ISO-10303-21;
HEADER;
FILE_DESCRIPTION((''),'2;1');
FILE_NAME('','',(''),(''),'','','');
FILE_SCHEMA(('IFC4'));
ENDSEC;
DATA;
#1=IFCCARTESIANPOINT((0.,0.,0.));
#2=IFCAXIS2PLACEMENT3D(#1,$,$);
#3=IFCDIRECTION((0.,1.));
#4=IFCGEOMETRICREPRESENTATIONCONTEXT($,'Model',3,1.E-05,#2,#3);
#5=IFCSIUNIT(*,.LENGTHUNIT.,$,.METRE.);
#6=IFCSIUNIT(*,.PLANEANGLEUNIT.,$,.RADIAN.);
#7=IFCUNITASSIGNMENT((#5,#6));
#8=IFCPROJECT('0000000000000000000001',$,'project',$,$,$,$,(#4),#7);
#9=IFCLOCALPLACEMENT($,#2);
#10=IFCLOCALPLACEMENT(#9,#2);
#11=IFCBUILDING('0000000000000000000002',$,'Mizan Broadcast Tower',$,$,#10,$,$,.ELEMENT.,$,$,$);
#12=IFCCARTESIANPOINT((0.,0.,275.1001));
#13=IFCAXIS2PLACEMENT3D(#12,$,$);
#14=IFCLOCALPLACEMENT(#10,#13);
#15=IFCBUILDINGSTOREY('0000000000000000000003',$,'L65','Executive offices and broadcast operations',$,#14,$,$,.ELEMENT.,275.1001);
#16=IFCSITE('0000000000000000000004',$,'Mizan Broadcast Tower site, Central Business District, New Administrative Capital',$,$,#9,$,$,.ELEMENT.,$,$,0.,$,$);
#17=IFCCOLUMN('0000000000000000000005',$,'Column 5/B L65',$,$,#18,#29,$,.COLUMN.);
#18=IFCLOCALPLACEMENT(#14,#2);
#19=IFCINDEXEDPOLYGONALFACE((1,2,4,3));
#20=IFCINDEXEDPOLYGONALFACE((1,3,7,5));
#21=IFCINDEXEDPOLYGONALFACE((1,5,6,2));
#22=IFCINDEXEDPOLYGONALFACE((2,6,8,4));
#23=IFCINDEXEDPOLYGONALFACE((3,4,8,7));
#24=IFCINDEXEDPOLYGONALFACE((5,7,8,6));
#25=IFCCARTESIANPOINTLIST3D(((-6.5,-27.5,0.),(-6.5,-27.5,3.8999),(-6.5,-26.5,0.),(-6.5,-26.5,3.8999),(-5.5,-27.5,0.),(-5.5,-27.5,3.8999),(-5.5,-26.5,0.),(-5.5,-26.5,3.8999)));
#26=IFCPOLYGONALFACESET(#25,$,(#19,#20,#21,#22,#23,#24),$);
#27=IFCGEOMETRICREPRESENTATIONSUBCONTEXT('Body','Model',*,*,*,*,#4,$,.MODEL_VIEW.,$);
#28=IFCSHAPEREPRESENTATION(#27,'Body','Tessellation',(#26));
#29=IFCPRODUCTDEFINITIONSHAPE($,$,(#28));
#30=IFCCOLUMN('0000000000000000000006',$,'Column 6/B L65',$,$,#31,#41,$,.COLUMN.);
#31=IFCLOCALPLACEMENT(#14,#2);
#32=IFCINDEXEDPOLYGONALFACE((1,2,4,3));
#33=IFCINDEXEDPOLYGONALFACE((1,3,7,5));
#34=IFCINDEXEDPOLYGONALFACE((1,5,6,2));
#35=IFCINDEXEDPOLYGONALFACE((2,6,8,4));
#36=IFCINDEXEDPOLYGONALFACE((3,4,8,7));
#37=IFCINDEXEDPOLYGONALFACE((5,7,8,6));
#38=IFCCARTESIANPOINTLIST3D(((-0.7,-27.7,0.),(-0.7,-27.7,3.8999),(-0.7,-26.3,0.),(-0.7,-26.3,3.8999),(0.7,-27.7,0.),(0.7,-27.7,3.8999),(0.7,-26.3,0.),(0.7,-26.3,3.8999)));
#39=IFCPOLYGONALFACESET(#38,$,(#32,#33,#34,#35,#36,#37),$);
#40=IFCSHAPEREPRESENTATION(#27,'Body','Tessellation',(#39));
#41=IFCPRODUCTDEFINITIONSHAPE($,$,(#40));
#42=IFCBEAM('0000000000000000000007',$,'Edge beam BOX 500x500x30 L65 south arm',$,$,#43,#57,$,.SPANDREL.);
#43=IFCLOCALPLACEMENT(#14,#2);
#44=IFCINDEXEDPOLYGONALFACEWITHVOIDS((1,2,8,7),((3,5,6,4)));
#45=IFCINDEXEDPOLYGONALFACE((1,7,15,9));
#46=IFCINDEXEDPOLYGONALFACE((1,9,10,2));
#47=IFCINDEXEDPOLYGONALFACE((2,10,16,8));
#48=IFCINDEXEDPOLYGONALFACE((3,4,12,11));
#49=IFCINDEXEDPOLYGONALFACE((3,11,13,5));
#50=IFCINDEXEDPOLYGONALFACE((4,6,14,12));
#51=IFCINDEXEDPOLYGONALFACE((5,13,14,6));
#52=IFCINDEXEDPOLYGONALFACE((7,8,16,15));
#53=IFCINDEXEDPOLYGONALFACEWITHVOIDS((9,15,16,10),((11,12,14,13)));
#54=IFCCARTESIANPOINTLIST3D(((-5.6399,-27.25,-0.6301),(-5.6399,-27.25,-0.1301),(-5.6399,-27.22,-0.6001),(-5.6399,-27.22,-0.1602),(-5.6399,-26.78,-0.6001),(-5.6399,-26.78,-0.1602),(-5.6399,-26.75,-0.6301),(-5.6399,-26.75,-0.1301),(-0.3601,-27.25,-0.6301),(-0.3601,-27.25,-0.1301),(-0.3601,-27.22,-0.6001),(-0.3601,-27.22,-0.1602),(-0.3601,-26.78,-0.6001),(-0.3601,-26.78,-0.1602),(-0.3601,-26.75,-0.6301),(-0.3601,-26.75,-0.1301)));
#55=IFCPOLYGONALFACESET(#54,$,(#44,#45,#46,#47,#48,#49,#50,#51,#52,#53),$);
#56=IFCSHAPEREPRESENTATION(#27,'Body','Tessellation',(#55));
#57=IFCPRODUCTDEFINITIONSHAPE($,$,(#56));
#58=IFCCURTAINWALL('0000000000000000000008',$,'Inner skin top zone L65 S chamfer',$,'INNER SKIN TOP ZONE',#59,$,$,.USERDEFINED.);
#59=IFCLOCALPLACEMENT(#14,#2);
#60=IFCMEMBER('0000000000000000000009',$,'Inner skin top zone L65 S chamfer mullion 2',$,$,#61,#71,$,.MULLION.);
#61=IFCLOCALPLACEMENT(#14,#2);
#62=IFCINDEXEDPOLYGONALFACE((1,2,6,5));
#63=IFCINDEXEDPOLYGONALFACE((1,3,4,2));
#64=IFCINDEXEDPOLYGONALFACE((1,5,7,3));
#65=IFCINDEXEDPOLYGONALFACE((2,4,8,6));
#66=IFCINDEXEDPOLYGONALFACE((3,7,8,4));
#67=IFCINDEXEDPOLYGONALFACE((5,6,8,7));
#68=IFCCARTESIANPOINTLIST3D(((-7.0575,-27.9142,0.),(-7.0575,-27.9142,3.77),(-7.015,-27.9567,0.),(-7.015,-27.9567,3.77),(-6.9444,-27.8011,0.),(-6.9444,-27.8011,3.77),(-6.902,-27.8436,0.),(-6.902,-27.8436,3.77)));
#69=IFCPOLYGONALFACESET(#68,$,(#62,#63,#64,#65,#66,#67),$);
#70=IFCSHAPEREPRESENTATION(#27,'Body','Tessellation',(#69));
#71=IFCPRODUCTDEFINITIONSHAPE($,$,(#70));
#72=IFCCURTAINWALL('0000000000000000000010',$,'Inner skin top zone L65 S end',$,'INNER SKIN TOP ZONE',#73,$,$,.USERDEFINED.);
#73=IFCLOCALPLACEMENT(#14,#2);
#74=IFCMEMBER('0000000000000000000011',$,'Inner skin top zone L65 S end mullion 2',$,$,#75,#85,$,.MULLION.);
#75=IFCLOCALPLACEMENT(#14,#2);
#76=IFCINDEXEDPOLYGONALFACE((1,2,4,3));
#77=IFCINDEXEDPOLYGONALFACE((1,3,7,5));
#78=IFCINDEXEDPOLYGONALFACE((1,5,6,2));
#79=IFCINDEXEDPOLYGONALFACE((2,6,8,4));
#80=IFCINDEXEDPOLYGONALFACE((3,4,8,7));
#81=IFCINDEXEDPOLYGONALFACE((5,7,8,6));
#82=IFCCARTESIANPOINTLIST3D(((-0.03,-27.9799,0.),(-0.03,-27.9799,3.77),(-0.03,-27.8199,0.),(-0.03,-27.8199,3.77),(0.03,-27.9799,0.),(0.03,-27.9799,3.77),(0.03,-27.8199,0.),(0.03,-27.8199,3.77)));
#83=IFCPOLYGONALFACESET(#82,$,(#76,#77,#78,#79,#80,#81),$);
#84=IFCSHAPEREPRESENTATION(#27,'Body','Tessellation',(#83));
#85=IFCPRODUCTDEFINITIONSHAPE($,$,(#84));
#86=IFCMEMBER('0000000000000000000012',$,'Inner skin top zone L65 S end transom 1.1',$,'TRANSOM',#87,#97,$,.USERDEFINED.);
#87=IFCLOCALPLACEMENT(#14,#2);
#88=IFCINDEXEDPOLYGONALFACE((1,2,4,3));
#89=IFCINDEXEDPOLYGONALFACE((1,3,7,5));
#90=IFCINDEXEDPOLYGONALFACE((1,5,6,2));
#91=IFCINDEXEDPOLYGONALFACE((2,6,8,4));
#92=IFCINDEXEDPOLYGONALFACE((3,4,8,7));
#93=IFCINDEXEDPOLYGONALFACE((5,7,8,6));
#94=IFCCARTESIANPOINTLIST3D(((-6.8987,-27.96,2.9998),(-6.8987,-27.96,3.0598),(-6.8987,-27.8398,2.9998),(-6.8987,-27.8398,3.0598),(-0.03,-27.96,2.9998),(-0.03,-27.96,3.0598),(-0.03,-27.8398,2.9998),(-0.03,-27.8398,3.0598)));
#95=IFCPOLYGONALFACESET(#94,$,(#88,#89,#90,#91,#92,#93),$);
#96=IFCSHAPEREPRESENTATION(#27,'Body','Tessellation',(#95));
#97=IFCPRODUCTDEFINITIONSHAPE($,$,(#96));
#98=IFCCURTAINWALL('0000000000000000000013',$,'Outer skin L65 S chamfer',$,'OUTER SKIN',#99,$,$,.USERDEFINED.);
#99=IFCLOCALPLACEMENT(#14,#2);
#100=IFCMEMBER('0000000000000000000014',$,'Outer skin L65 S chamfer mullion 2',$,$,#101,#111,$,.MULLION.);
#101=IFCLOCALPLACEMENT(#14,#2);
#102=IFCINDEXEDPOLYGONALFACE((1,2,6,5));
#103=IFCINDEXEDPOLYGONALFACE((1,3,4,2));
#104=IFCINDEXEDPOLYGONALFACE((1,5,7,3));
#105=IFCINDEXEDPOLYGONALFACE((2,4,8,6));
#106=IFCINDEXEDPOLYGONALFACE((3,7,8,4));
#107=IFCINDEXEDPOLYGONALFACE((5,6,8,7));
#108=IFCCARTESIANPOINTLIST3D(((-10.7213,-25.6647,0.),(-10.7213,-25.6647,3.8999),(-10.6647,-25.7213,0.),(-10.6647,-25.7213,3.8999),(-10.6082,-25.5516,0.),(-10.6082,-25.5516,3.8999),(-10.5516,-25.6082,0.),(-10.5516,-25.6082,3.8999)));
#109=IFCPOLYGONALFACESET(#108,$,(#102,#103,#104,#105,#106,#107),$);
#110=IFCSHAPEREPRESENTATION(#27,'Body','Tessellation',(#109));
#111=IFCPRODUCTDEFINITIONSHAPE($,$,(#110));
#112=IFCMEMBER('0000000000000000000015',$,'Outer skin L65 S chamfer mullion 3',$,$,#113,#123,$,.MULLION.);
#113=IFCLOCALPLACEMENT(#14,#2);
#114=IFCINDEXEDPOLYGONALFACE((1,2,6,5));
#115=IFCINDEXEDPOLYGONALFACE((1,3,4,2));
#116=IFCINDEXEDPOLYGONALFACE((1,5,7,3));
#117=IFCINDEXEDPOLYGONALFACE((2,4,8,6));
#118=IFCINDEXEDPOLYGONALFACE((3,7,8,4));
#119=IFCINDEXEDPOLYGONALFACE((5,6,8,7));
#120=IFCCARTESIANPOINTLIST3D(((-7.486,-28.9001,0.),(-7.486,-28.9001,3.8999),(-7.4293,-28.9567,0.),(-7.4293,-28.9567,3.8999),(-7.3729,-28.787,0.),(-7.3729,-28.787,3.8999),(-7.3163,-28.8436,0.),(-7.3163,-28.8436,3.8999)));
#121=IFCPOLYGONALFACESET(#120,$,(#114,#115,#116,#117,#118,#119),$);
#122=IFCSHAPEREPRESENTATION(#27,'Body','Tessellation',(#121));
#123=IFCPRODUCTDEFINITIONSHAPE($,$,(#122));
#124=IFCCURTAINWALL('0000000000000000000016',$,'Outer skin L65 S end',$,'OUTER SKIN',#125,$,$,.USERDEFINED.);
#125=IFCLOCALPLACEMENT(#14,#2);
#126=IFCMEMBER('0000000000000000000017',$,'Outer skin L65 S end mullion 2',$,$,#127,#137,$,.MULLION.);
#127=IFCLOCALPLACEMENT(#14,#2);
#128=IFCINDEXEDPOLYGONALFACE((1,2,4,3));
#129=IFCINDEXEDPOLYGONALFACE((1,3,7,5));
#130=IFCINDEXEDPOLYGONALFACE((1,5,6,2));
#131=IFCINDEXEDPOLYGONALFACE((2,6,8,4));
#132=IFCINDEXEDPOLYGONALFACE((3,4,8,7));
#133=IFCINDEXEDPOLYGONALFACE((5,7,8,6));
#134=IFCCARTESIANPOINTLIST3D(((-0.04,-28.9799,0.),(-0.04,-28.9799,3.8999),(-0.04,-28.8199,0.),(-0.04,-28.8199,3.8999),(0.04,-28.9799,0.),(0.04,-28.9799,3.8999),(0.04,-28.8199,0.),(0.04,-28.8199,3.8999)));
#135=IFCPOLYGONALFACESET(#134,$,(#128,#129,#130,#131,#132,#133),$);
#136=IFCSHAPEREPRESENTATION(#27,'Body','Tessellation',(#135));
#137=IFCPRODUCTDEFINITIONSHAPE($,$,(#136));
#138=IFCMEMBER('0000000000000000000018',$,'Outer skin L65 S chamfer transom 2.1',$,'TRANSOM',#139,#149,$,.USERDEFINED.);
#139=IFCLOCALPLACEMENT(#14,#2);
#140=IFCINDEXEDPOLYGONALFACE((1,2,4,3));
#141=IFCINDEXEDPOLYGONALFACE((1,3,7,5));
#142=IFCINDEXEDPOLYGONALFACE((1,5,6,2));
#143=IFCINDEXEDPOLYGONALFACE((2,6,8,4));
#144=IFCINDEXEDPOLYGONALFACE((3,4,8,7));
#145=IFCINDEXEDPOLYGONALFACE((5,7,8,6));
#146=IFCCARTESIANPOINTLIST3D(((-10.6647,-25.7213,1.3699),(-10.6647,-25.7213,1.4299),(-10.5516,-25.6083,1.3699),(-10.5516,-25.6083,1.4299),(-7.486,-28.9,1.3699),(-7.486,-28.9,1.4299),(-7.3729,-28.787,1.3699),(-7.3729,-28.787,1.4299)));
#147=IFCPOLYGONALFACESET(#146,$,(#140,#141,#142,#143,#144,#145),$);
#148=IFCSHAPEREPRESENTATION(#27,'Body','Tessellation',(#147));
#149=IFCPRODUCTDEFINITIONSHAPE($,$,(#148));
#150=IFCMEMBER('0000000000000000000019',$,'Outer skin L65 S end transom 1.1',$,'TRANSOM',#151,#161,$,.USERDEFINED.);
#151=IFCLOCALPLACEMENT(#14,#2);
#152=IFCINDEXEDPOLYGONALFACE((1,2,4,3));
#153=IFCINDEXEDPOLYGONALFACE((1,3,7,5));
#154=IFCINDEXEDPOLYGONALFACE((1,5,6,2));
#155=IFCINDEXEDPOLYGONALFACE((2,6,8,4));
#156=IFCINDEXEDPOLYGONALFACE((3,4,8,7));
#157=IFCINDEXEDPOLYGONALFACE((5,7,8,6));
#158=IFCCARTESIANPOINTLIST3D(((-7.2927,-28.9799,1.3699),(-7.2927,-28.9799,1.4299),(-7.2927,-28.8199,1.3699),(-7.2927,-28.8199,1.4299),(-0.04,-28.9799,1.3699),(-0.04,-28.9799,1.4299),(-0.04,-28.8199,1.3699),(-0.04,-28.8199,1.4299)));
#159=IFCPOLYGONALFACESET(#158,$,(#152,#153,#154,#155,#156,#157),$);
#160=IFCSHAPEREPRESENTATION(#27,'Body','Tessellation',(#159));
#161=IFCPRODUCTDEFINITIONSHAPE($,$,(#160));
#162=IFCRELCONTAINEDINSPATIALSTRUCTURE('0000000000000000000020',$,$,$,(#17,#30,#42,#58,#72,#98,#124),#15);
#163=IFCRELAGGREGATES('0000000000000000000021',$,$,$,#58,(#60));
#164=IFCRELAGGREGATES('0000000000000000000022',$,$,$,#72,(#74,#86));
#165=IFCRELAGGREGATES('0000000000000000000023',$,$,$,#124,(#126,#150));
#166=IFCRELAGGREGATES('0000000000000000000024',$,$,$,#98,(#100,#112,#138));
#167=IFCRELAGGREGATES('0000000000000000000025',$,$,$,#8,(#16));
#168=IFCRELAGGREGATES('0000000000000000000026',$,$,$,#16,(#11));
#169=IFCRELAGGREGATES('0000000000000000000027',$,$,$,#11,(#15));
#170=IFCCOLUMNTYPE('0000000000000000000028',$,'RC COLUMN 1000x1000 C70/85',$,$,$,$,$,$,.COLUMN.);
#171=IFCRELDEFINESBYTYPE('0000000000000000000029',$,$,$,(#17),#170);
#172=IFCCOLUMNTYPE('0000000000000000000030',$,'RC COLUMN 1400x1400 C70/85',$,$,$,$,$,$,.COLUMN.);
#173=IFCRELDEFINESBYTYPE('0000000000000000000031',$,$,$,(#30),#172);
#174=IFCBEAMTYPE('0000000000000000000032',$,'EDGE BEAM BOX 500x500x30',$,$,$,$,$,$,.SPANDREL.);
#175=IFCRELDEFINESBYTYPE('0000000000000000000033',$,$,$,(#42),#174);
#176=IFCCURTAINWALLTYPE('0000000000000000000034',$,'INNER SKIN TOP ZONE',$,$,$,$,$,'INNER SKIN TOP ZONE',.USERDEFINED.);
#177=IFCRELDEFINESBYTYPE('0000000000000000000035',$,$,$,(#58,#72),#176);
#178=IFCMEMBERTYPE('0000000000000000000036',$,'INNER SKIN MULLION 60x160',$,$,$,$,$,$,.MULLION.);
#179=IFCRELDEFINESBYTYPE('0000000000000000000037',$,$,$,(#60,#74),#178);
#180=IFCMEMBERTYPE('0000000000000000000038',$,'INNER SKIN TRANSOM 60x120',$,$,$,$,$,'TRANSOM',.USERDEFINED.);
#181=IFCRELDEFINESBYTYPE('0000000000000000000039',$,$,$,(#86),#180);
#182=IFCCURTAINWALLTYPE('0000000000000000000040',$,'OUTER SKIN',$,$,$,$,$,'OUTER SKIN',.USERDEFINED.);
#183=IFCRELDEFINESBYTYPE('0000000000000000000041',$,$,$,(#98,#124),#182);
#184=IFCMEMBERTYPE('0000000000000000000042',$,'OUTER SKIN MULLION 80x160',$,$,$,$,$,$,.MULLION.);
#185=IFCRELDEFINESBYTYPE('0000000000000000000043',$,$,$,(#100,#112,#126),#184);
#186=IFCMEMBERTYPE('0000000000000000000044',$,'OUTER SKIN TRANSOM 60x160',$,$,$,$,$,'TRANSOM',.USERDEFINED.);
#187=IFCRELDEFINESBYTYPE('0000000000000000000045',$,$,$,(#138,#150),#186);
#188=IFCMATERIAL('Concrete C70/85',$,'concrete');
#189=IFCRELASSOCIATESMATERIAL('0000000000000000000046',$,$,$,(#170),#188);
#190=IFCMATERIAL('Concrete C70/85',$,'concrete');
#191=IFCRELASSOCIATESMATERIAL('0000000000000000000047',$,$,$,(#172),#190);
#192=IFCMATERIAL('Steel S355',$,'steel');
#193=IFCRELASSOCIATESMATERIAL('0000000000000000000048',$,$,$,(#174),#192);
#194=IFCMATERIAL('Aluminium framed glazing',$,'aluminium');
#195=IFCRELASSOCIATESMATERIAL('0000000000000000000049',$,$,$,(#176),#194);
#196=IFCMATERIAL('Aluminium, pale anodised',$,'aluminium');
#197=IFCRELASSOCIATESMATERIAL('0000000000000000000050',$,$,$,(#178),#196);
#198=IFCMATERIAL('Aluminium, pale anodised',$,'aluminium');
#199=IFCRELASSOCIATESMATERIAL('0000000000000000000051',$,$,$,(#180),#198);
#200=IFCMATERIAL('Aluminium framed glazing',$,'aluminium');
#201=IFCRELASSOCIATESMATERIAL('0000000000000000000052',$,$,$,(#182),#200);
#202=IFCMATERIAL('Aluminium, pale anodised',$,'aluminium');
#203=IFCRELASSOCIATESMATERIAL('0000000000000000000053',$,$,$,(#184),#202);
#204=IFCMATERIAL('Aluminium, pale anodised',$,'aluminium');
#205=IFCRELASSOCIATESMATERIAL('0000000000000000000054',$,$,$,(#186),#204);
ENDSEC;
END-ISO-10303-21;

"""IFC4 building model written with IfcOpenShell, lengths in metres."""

from ifc_helpers import new_model, si_unit, direction, frame, origin, origin_2d, place, context, subcontext, project, spatial, rectangle, hollow_rectangle, extrude, material, material_profile, profile_set, type_object, element, aggregate, save


model = new_model("IFC4")

# Units and contexts
model_context = context("Model", 3, precision=1e-05, world=origin(), true_north=direction((0.0, 1.0)))
body_context = subcontext(model_context, "Body", "Model", "MODEL_VIEW")
ifc_project = project(units=[si_unit("LENGTHUNIT", "METRE"), si_unit("PLANEANGLEUNIT", "RADIAN")], contexts=[model_context])

# Site, building, storey
site_placement = place(None, origin())
site = spatial("IfcSite", under=ifc_project, at=site_placement, Name="Mizan Broadcast Tower site, Central Business District, New Administrative Capital", CompositionType="ELEMENT", RefElevation=0.0)
building_placement = place(site_placement, origin())
building = spatial("IfcBuilding", under=site, at=building_placement, Name="Mizan Broadcast Tower", CompositionType="ELEMENT")
storey_placement = place(building_placement, frame((0.0, 0.0, 275.1001)))
storey = spatial("IfcBuildingStorey", under=building, at=storey_placement, Name="L65", Description="Executive offices and broadcast operations", CompositionType="ELEMENT", Elevation=275.1001)

# Columns
ifc_material_1 = material(Name="Concrete C70/85", Category="concrete")
ifc_material_profile_1 = material_profile(ifc_material_1, rectangle(XDim=1.0, YDim=1.0, at=origin_2d()), Name="RC 1000x1000")
ifc_profile_set_1 = profile_set([ifc_material_profile_1], Name="Concrete C70/85")
column_type_1 = type_object("IfcColumnType", Name="RC COLUMN 1000x1000 C70/85", PredefinedType="COLUMN", material=ifc_profile_set_1)
column_1_placement = place(storey_placement, frame((-6.0, -27.0, 0.0), z_axis=(0.0, 0.0, 1.0), x_axis=(1.0, 0.0, 0.0)))
element("IfcColumn", 1, at=column_1_placement, inside=storey, type_object=column_type_1, Name="Column 5/B L65", PredefinedType="COLUMN", context=body_context, shape_type="SweptSolid", body=[
    extrude(rectangle(XDim=1.0, YDim=1.0, at=origin_2d()), origin(), (0.0, 0.0, 1.0), 3.8999),
])
ifc_material_2 = material(Name="Concrete C70/85", Category="concrete")
ifc_material_profile_2 = material_profile(ifc_material_2, rectangle(XDim=1.3999, YDim=1.3999, at=origin_2d()), Name="RC 1400x1400")
ifc_profile_set_2 = profile_set([ifc_material_profile_2], Name="Concrete C70/85")
column_type_2 = type_object("IfcColumnType", Name="RC COLUMN 1400x1400 C70/85", PredefinedType="COLUMN", material=ifc_profile_set_2)
column_2_placement = place(storey_placement, frame((0.0, -27.0, 0.0), z_axis=(0.0, 0.0, 1.0), x_axis=(1.0, 0.0, 0.0)))
element("IfcColumn", 2, at=column_2_placement, inside=storey, type_object=column_type_2, Name="Column 6/B L65", PredefinedType="COLUMN", context=body_context, shape_type="SweptSolid", body=[
    extrude(rectangle(XDim=1.3999, YDim=1.3999, at=origin_2d()), origin(), (0.0, 0.0, 1.0), 3.8999),
])

# Beam
ifc_material_3 = material(Name="Steel S355", Category="steel")
ifc_material_profile_3 = material_profile(ifc_material_3, hollow_rectangle(XDim=0.5, YDim=0.5, WallThickness=0.03, at=origin_2d()), Name="BOX 500x500x30")
ifc_profile_set_3 = profile_set([ifc_material_profile_3], Name="Steel S355")
beam_type_1 = type_object("IfcBeamType", Name="EDGE BEAM BOX 500x500x30", PredefinedType="SPANDREL", material=ifc_profile_set_3)
beam_1_placement = place(storey_placement, frame((-5.6399, -27.0, -0.3801), z_axis=(1.0, 0.0, 0.0), x_axis=(0.0, 1.0, 0.0)))
element("IfcBeam", 3, at=beam_1_placement, inside=storey, type_object=beam_type_1, Name="Edge beam BOX 500x500x30 L65 south arm", PredefinedType="SPANDREL", context=body_context, shape_type="SweptSolid", body=[
    extrude(hollow_rectangle(XDim=0.5, YDim=0.5, WallThickness=0.03, at=origin_2d()), origin(), (0.0, 0.0, 1.0), 5.2798),
])

# Curtain wall, member
ifc_material_4 = material(Name="Aluminium framed glazing", Category="aluminium")
curtain_wall_type_1 = type_object("IfcCurtainWallType", Name="INNER SKIN TOP ZONE", ElementType="INNER SKIN TOP ZONE", PredefinedType="USERDEFINED", material=ifc_material_4)
curtain_wall_1_placement = place(storey_placement, origin())
curtain_wall_1 = element("IfcCurtainWall", 4, at=curtain_wall_1_placement, inside=storey, type_object=curtain_wall_type_1, Name="Inner skin top zone L65 S chamfer", ObjectType="INNER SKIN TOP ZONE", PredefinedType="USERDEFINED")
ifc_material_5 = material(Name="Aluminium, pale anodised", Category="aluminium")
ifc_material_profile_4 = material_profile(ifc_material_5, rectangle(XDim=0.1599, YDim=0.0601, at=origin_2d()), Name="MULLION 160x60")
ifc_profile_set_4 = profile_set([ifc_material_profile_4], Name="Aluminium, pale anodised")
member_type_1 = type_object("IfcMemberType", Name="INNER SKIN MULLION 60x160", PredefinedType="MULLION", material=ifc_profile_set_4)
member_1_placement = place(storey_placement, frame((-6.9797, -27.8789, 0.0), z_axis=(0.0, 0.0, 1.0), x_axis=(0.707107, 0.707107, 0.0)))
member_1 = element("IfcMember", 5, at=member_1_placement, type_object=member_type_1, Name="Inner skin top zone L65 S chamfer mullion 2", PredefinedType="MULLION", context=body_context, shape_type="SweptSolid", body=[
    extrude(rectangle(XDim=0.1599, YDim=0.0601, at=origin_2d()), origin(), (0.0, 0.0, 1.0), 3.77),
])

# Curtain walls, members
curtain_wall_2_placement = place(storey_placement, origin())
curtain_wall_2 = element("IfcCurtainWall", 6, at=curtain_wall_2_placement, inside=storey, type_object=curtain_wall_type_1, Name="Inner skin top zone L65 S end", ObjectType="INNER SKIN TOP ZONE", PredefinedType="USERDEFINED")
member_2_placement = place(storey_placement, frame((0.0, -27.8999, 0.0), z_axis=(0.0, 0.0, 1.0), x_axis=(0.0, 1.0, 0.0)))
member_2 = element("IfcMember", 7, at=member_2_placement, type_object=member_type_1, Name="Inner skin top zone L65 S end mullion 2", PredefinedType="MULLION", context=body_context, shape_type="SweptSolid", body=[
    extrude(rectangle(XDim=0.1599, YDim=0.0601, at=origin_2d()), origin(), (0.0, 0.0, 1.0), 3.77),
])
ifc_material_6 = material(Name="Aluminium, pale anodised", Category="aluminium")
ifc_material_profile_5 = material_profile(ifc_material_6, rectangle(XDim=0.1201, YDim=0.0601, at=origin_2d()), Name="TRANSOM 120x60")
ifc_profile_set_5 = profile_set([ifc_material_profile_5], Name="Aluminium, pale anodised")
member_type_2 = type_object("IfcMemberType", Name="INNER SKIN TRANSOM 60x120", ElementType="TRANSOM", PredefinedType="USERDEFINED", material=ifc_profile_set_5)
member_3_placement = place(storey_placement, frame((-6.8987, -27.8999, 3.0298), z_axis=(1.0, 0.0, 0.0), x_axis=(0.0, 1.0, 0.0)))
member_3 = element("IfcMember", 8, at=member_3_placement, type_object=member_type_2, Name="Inner skin top zone L65 S end transom 1.1", ObjectType="TRANSOM", PredefinedType="USERDEFINED", context=body_context, shape_type="SweptSolid", body=[
    extrude(rectangle(XDim=0.1201, YDim=0.0601, at=origin_2d()), origin(), (0.0, 0.0, 1.0), 6.8687),
])
ifc_material_7 = material(Name="Aluminium framed glazing", Category="aluminium")
curtain_wall_type_2 = type_object("IfcCurtainWallType", Name="OUTER SKIN", ElementType="OUTER SKIN", PredefinedType="USERDEFINED", material=ifc_material_7)
curtain_wall_3_placement = place(storey_placement, origin())
curtain_wall_3 = element("IfcCurtainWall", 9, at=curtain_wall_3_placement, inside=storey, type_object=curtain_wall_type_2, Name="Outer skin L65 S chamfer", ObjectType="OUTER SKIN", PredefinedType="USERDEFINED")
ifc_material_8 = material(Name="Aluminium, pale anodised", Category="aluminium")
ifc_material_profile_6 = material_profile(ifc_material_8, rectangle(XDim=0.1599, YDim=0.0801, at=origin_2d()), Name="MULLION 160x80")
ifc_profile_set_6 = profile_set([ifc_material_profile_6], Name="Aluminium, pale anodised")
member_type_3 = type_object("IfcMemberType", Name="OUTER SKIN MULLION 80x160", PredefinedType="MULLION", material=ifc_profile_set_6)
member_4_placement = place(storey_placement, frame((-10.6365, -25.6365, 0.0), z_axis=(0.0, 0.0, 1.0), x_axis=(0.707107, 0.707107, 0.0)))
member_4 = element("IfcMember", 10, at=member_4_placement, type_object=member_type_3, Name="Outer skin L65 S chamfer mullion 2", PredefinedType="MULLION", context=body_context, shape_type="SweptSolid", body=[
    extrude(rectangle(XDim=0.1599, YDim=0.0801, at=origin_2d()), origin(), (0.0, 0.0, 1.0), 3.8999),
])
member_5_placement = place(storey_placement, frame((-7.4011, -28.8718, 0.0), z_axis=(0.0, 0.0, 1.0), x_axis=(0.707107, 0.707107, 0.0)))
member_5 = element("IfcMember", 11, at=member_5_placement, type_object=member_type_3, Name="Outer skin L65 S chamfer mullion 3", PredefinedType="MULLION", context=body_context, shape_type="SweptSolid", body=[
    extrude(rectangle(XDim=0.1599, YDim=0.0801, at=origin_2d()), origin(), (0.0, 0.0, 1.0), 3.8999),
])

# Curtain wall, member
curtain_wall_4_placement = place(storey_placement, origin())
curtain_wall_4 = element("IfcCurtainWall", 12, at=curtain_wall_4_placement, inside=storey, type_object=curtain_wall_type_2, Name="Outer skin L65 S end", ObjectType="OUTER SKIN", PredefinedType="USERDEFINED")
member_6_placement = place(storey_placement, frame((0.0, -28.8999, 0.0), z_axis=(0.0, 0.0, 1.0), x_axis=(0.0, 1.0, 0.0)))
member_6 = element("IfcMember", 13, at=member_6_placement, type_object=member_type_3, Name="Outer skin L65 S end mullion 2", PredefinedType="MULLION", context=body_context, shape_type="SweptSolid", body=[
    extrude(rectangle(XDim=0.1599, YDim=0.0801, at=origin_2d()), origin(), (0.0, 0.0, 1.0), 3.8999),
])

# Members
ifc_material_9 = material(Name="Aluminium, pale anodised", Category="aluminium")
ifc_material_profile_7 = material_profile(ifc_material_9, rectangle(XDim=0.1599, YDim=0.0601, at=origin_2d()), Name="TRANSOM 160x60")
ifc_profile_set_7 = profile_set([ifc_material_profile_7], Name="Aluminium, pale anodised")
member_type_4 = type_object("IfcMemberType", Name="OUTER SKIN TRANSOM 60x160", ElementType="TRANSOM", PredefinedType="USERDEFINED", material=ifc_profile_set_7)
member_7_placement = place(storey_placement, frame((-10.6082, -25.6648, 1.3999), z_axis=(0.707107, -0.707107, 0.0), x_axis=(0.707107, 0.707107, 0.0)))
member_7 = element("IfcMember", 14, at=member_7_placement, type_object=member_type_4, Name="Outer skin L65 S chamfer transom 2.1", ObjectType="TRANSOM", PredefinedType="USERDEFINED", context=body_context, shape_type="SweptSolid", body=[
    extrude(rectangle(XDim=0.1599, YDim=0.0601, at=origin_2d()), origin(), (0.0, 0.0, 1.0), 4.4954),
])
member_8_placement = place(storey_placement, frame((-7.2927, -28.8999, 1.3999), z_axis=(1.0, 0.0, 0.0), x_axis=(0.0, 1.0, 0.0)))
member_8 = element("IfcMember", 15, at=member_8_placement, type_object=member_type_4, Name="Outer skin L65 S end transom 1.1", ObjectType="TRANSOM", PredefinedType="USERDEFINED", context=body_context, shape_type="SweptSolid", body=[
    extrude(rectangle(XDim=0.1599, YDim=0.0601, at=origin_2d()), origin(), (0.0, 0.0, 1.0), 7.2527),
])

aggregate(curtain_wall_1, [member_1])
aggregate(curtain_wall_2, [member_2, member_3])
aggregate(curtain_wall_4, [member_6, member_8])
aggregate(curtain_wall_3, [member_4, member_5, member_7])

save(model, "model.ifc")
